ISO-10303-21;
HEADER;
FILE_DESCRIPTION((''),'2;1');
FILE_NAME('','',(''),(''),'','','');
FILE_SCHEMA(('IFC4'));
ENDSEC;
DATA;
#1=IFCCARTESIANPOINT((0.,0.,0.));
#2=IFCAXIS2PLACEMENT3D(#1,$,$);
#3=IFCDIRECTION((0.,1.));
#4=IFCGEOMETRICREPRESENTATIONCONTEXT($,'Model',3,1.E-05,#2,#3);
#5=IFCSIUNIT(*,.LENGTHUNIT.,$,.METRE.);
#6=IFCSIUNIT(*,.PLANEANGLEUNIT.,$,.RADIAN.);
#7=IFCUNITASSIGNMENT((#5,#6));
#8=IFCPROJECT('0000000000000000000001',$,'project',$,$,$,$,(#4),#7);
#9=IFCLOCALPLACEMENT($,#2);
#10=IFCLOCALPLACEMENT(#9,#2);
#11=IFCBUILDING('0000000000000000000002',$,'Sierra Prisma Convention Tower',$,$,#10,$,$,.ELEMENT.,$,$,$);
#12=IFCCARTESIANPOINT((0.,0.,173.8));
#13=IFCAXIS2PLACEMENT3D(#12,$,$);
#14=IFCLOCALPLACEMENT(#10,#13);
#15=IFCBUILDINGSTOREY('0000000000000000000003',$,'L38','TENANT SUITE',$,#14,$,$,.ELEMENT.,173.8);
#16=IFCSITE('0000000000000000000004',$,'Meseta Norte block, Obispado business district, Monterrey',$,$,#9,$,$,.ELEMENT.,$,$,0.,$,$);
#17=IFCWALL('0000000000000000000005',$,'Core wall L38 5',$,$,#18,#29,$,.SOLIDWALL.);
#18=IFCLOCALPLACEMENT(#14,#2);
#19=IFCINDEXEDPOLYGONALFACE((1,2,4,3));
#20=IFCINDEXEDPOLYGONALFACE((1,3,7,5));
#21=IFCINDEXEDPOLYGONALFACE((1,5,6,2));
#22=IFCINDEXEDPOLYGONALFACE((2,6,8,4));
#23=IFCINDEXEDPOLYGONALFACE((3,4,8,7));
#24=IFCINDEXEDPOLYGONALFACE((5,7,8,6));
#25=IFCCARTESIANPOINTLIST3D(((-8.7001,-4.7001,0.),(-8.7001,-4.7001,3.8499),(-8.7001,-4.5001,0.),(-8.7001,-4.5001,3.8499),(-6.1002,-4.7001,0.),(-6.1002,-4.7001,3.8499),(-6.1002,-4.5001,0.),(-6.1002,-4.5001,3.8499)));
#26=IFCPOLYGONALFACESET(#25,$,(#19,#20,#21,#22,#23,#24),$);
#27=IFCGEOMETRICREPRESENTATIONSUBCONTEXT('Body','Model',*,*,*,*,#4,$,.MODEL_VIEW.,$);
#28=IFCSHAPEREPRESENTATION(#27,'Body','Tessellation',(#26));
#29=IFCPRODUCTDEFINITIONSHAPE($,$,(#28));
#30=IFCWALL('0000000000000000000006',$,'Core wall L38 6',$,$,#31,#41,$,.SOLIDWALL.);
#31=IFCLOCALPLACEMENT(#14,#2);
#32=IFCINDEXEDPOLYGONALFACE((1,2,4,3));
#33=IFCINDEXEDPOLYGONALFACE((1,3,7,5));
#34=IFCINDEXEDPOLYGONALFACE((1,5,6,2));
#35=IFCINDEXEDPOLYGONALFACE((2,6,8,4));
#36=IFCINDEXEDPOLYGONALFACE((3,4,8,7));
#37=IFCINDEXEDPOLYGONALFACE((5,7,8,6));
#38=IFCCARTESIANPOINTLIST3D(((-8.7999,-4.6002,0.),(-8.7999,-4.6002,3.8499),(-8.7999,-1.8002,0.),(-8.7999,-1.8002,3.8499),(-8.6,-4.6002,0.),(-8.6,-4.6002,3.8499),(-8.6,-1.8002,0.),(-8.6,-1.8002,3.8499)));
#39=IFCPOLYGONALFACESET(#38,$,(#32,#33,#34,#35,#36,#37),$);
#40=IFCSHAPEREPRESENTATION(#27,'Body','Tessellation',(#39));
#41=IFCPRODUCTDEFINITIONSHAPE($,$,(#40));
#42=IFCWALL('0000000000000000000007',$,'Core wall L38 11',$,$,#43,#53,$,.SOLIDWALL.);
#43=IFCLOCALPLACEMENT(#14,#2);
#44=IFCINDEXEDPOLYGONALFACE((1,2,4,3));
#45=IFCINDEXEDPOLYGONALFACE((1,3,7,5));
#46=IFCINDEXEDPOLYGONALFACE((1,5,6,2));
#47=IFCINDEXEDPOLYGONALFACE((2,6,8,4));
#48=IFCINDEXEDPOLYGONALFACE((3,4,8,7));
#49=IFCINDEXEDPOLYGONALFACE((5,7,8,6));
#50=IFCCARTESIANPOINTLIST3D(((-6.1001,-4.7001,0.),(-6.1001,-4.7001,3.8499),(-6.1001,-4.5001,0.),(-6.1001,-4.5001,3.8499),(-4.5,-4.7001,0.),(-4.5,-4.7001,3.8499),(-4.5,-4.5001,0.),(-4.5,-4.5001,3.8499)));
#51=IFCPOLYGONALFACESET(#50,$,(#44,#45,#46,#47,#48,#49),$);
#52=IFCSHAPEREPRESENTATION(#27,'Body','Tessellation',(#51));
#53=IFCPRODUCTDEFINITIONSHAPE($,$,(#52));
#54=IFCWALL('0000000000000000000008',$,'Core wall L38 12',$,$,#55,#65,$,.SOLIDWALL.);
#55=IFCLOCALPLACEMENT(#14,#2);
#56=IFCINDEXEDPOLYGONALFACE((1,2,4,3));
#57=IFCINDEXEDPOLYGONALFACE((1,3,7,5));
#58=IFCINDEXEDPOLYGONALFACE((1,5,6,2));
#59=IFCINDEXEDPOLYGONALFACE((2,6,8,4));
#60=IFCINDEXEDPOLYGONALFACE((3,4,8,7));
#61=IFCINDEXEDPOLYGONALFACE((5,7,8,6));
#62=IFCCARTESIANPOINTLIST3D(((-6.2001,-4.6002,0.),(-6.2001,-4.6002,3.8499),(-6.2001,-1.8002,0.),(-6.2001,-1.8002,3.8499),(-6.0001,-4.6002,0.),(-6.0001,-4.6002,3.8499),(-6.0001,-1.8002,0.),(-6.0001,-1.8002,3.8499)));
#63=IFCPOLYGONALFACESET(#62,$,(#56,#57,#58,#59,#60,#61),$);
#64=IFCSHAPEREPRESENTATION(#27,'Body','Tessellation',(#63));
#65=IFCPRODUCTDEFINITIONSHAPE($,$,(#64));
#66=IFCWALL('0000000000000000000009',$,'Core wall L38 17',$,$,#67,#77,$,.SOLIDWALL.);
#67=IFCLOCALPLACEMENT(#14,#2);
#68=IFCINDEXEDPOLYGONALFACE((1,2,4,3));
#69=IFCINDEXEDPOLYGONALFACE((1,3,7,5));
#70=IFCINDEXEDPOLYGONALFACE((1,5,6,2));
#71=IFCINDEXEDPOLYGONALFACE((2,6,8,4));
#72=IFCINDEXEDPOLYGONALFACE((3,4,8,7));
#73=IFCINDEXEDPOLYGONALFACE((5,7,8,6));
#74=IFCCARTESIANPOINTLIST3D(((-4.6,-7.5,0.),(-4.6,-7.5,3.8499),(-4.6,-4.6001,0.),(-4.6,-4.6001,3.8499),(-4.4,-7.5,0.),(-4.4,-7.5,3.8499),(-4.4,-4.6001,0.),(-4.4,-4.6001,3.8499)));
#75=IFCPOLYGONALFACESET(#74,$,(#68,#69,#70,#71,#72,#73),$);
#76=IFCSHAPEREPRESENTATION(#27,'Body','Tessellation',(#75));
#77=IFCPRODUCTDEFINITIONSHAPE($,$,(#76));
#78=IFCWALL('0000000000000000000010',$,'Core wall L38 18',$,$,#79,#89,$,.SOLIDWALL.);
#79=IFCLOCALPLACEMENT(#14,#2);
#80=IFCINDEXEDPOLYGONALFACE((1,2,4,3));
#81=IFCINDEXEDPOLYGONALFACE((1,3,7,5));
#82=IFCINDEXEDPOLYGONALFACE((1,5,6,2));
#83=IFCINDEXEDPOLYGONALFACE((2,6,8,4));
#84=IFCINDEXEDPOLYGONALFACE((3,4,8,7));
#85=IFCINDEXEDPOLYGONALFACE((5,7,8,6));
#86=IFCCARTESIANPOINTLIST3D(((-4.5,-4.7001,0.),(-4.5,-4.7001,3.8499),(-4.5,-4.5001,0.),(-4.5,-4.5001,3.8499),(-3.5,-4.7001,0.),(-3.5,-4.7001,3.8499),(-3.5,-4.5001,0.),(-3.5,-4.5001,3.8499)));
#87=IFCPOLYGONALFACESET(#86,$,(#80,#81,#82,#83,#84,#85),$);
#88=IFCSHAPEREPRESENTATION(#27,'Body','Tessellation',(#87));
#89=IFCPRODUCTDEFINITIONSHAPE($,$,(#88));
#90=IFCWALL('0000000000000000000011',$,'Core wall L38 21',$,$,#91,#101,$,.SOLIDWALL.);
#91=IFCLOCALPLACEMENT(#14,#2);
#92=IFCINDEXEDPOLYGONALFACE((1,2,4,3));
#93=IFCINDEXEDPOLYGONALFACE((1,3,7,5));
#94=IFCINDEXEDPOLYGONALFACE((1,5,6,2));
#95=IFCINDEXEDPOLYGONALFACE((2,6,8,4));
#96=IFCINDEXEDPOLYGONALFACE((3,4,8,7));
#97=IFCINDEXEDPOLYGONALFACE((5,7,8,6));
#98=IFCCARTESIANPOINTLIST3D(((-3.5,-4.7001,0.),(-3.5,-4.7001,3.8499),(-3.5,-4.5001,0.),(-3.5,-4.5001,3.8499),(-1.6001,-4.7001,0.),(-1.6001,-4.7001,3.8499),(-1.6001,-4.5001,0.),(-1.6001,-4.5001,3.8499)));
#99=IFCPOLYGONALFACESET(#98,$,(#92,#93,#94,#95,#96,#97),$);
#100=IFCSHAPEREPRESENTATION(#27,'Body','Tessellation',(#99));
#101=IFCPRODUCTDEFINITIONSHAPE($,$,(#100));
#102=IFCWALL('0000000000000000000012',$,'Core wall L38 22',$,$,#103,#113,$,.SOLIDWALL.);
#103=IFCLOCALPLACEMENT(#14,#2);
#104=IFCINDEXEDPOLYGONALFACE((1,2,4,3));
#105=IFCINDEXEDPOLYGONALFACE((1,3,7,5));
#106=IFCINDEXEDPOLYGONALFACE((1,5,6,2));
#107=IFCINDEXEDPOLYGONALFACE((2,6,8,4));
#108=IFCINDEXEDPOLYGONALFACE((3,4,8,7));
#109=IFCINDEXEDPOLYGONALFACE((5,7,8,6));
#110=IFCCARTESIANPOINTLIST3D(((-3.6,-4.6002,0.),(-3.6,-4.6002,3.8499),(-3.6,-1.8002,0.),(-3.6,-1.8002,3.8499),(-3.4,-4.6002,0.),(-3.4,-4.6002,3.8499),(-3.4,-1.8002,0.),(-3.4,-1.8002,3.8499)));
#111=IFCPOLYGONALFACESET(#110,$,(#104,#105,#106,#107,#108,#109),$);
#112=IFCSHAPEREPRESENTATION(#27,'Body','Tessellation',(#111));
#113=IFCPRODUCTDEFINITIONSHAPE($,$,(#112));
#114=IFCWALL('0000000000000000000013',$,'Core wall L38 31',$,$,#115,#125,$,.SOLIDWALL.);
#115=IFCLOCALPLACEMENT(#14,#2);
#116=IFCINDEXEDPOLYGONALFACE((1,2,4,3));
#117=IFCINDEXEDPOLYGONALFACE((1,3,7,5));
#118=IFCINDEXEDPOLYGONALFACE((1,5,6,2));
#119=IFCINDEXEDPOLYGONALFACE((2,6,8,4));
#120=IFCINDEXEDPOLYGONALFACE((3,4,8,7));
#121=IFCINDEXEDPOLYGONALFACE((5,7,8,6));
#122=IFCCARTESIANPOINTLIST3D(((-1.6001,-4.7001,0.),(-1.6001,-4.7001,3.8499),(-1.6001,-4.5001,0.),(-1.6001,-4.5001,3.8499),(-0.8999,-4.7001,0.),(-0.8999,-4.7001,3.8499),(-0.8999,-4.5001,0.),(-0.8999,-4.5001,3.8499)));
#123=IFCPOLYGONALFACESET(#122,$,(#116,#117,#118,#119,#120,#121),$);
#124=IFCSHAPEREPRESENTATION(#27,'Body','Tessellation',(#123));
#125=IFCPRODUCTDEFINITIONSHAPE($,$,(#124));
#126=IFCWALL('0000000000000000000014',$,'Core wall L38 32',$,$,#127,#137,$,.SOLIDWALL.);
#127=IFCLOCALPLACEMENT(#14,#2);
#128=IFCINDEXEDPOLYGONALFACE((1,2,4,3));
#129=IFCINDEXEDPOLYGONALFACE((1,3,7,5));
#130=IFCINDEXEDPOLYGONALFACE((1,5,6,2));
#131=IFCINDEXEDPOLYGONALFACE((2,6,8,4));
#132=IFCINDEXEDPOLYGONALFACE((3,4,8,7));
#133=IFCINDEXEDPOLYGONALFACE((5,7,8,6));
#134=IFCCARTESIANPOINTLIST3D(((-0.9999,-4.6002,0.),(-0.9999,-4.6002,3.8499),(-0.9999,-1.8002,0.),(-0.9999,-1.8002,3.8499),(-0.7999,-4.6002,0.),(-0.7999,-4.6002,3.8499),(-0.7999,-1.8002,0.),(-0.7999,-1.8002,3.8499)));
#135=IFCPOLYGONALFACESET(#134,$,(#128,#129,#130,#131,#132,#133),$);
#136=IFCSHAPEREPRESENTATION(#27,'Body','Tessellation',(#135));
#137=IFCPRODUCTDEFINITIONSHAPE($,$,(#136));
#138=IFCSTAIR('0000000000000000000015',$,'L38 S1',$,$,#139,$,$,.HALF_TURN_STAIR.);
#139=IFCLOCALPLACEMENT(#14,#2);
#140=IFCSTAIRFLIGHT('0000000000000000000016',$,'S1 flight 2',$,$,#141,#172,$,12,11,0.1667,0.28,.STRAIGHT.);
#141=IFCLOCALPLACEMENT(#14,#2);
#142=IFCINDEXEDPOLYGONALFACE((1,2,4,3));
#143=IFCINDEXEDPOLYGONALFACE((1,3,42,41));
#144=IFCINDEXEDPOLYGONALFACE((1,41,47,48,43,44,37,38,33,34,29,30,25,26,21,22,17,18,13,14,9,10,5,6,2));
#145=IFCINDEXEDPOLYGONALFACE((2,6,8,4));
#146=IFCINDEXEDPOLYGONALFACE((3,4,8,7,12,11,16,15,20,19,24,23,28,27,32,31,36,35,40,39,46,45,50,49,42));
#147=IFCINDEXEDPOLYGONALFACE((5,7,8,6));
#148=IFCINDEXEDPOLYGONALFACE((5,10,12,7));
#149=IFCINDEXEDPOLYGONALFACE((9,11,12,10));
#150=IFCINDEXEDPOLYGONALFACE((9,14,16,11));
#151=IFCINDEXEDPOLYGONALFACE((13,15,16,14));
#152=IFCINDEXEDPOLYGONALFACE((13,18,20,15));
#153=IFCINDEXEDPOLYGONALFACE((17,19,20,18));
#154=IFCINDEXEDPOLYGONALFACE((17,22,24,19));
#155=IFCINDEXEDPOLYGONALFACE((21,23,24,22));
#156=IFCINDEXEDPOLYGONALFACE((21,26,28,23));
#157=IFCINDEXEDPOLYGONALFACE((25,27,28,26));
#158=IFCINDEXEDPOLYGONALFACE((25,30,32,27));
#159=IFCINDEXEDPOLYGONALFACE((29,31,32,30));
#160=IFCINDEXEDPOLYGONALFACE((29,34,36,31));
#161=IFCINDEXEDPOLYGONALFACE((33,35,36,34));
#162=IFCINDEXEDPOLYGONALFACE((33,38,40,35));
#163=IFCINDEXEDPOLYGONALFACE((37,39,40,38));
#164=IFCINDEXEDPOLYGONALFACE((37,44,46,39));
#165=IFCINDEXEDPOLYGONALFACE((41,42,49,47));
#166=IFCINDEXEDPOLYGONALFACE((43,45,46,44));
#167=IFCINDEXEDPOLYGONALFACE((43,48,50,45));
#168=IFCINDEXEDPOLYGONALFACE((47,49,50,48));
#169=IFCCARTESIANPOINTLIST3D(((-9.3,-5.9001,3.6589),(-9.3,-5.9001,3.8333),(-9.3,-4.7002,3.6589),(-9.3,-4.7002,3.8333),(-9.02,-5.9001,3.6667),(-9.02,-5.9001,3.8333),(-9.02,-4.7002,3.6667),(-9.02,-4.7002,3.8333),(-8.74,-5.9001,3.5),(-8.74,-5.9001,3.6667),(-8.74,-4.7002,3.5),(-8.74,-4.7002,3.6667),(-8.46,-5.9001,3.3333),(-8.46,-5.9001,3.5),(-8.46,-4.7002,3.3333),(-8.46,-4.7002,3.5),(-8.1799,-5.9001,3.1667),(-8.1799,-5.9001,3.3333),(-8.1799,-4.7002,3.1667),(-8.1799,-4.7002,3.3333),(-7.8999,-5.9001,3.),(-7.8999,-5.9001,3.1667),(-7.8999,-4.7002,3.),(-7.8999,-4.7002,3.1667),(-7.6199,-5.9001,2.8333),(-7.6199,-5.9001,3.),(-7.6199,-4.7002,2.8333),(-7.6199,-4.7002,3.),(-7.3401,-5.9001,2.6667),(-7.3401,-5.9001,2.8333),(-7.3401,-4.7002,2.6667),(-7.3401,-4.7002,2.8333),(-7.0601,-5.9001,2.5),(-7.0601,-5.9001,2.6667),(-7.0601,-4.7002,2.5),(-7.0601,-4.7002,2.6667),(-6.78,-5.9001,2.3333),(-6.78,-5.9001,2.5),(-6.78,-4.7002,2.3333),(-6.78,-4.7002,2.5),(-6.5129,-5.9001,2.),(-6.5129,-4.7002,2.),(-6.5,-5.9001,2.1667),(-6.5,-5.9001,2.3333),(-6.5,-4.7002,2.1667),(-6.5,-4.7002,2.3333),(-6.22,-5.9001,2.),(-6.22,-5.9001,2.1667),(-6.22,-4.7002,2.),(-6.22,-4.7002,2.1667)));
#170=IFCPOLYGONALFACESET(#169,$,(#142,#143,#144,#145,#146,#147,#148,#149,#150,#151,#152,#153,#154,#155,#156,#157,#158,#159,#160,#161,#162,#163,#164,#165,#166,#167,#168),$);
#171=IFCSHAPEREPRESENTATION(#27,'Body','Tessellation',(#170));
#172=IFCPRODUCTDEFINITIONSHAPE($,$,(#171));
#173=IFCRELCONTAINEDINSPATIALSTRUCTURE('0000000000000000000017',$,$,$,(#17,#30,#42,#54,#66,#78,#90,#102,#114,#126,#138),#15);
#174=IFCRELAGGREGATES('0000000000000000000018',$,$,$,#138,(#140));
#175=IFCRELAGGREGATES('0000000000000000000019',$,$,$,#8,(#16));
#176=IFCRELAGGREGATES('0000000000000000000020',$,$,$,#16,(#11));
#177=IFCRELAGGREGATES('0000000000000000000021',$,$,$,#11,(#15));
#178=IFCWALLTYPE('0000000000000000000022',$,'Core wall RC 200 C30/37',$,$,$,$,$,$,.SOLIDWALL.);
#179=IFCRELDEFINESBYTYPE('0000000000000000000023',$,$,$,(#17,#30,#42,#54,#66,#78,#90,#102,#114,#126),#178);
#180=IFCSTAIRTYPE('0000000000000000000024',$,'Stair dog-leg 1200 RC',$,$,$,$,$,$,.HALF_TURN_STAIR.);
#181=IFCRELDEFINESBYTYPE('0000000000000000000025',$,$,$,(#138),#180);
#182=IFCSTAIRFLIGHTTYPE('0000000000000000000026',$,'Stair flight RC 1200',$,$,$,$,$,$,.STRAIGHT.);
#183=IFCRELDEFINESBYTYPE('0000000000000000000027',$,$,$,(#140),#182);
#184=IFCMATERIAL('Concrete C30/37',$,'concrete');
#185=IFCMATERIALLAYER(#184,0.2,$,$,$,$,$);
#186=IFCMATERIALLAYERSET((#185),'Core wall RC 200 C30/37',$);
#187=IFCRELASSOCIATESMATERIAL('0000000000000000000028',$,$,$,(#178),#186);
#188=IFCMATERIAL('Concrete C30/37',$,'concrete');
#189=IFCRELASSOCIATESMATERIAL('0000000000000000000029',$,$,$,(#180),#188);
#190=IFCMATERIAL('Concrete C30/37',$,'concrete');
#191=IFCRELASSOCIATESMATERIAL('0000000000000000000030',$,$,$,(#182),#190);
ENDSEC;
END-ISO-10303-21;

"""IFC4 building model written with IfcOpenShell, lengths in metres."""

from ifc_helpers import new_model, si_unit, direction, frame, frame_2d, origin, place, context, subcontext, project, spatial, polyline, rectangle, outline, extrude, material, layer, layer_set, type_object, element, aggregate, save


model = new_model("IFC4")

# Units and contexts
model_context = context("Model", 3, precision=1e-05, world=origin(), true_north=direction((0.0, 1.0)))
body_context = subcontext(model_context, "Body", "Model", "MODEL_VIEW")
ifc_project = project(units=[si_unit("LENGTHUNIT", "METRE"), si_unit("PLANEANGLEUNIT", "RADIAN")], contexts=[model_context])

# Site, building, storey
site_placement = place(None, origin())
site = spatial("IfcSite", under=ifc_project, at=site_placement, Name="Meseta Norte block, Obispado business district, Monterrey", CompositionType="ELEMENT", RefElevation=0.0)
building_placement = place(site_placement, origin())
building = spatial("IfcBuilding", under=site, at=building_placement, Name="Sierra Prisma Convention Tower", CompositionType="ELEMENT")
storey_placement = place(building_placement, frame((0.0, 0.0, 173.8)))
storey = spatial("IfcBuildingStorey", under=building, at=storey_placement, Name="L38", Description="TENANT SUITE", CompositionType="ELEMENT", Elevation=173.8)

# Shared definitions
ifc_material_1 = material(Name="Concrete C30/37", Category="concrete")
ifc_layer = layer(ifc_material_1, 0.2)
ifc_layer_set = layer_set([ifc_layer], Name="Core wall RC 200 C30/37")
wall_type = type_object("IfcWallType", Name="Core wall RC 200 C30/37", PredefinedType="SOLIDWALL", material=ifc_layer_set)

# Walls
wall_1_placement = place(storey_placement, frame((-8.7, -4.6001, 0.0), z_axis=(0.0, 0.0, 1.0), x_axis=(1.0, 0.0, 0.0)))
element("IfcWall", 1, at=wall_1_placement, inside=storey, type_object=wall_type, Name="Core wall L38 5", PredefinedType="SOLIDWALL", context=body_context, shape_type="SweptSolid", body=[
    extrude(rectangle(XDim=2.5999, YDim=0.2, at=frame_2d((1.2998, 0.0))), origin(), (0.0, 0.0, 1.0), 3.8499),
])
wall_2_placement = place(storey_placement, frame((-8.7, -4.6001, 0.0), z_axis=(0.0, 0.0, 1.0), x_axis=(0.0, 1.0, 0.0)))
element("IfcWall", 2, at=wall_2_placement, inside=storey, type_object=wall_type, Name="Core wall L38 6", PredefinedType="SOLIDWALL", context=body_context, shape_type="SweptSolid", body=[
    extrude(rectangle(XDim=2.8, YDim=0.2, at=frame_2d((1.3999, 0.0))), origin(), (0.0, 0.0, 1.0), 3.8499),
])

# Walls
wall_3_placement = place(storey_placement, frame((-6.1001, -4.6001, 0.0), z_axis=(0.0, 0.0, 1.0), x_axis=(1.0, 0.0, 0.0)))
element("IfcWall", 3, at=wall_3_placement, inside=storey, type_object=wall_type, Name="Core wall L38 11", PredefinedType="SOLIDWALL", context=body_context, shape_type="SweptSolid", body=[
    extrude(rectangle(XDim=1.6001, YDim=0.2, at=frame_2d((0.8, 0.0))), origin(), (0.0, 0.0, 1.0), 3.8499),
])
wall_4_placement = place(storey_placement, frame((-6.1001, -4.6001, 0.0), z_axis=(0.0, 0.0, 1.0), x_axis=(0.0, 1.0, 0.0)))
element("IfcWall", 4, at=wall_4_placement, inside=storey, type_object=wall_type, Name="Core wall L38 12", PredefinedType="SOLIDWALL", context=body_context, shape_type="SweptSolid", body=[
    extrude(rectangle(XDim=2.8, YDim=0.2, at=frame_2d((1.3999, 0.0))), origin(), (0.0, 0.0, 1.0), 3.8499),
])

# Walls
wall_5_placement = place(storey_placement, frame((-4.5, -4.6001, 0.0), z_axis=(0.0, 0.0, 1.0), x_axis=(0.0, -1.0, 0.0)))
element("IfcWall", 5, at=wall_5_placement, inside=storey, type_object=wall_type, Name="Core wall L38 17", PredefinedType="SOLIDWALL", context=body_context, shape_type="SweptSolid", body=[
    extrude(rectangle(XDim=2.8999, YDim=0.2, at=frame_2d((1.45, 0.0))), origin(), (0.0, 0.0, 1.0), 3.8499),
])
wall_6_placement = place(storey_placement, frame((-4.5, -4.6001, 0.0), z_axis=(0.0, 0.0, 1.0), x_axis=(1.0, 0.0, 0.0)))
element("IfcWall", 6, at=wall_6_placement, inside=storey, type_object=wall_type, Name="Core wall L38 18", PredefinedType="SOLIDWALL", context=body_context, shape_type="SweptSolid", body=[
    extrude(rectangle(XDim=1.0, YDim=0.2, at=frame_2d((0.5, 0.0))), origin(), (0.0, 0.0, 1.0), 3.8499),
])
wall_7_placement = place(storey_placement, frame((-3.5, -4.6001, 0.0), z_axis=(0.0, 0.0, 1.0), x_axis=(1.0, 0.0, 0.0)))
element("IfcWall", 7, at=wall_7_placement, inside=storey, type_object=wall_type, Name="Core wall L38 21", PredefinedType="SOLIDWALL", context=body_context, shape_type="SweptSolid", body=[
    extrude(rectangle(XDim=1.8999, YDim=0.2, at=frame_2d((0.95, 0.0))), origin(), (0.0, 0.0, 1.0), 3.8499),
])
wall_8_placement = place(storey_placement, frame((-3.5, -4.6001, 0.0), z_axis=(0.0, 0.0, 1.0), x_axis=(0.0, 1.0, 0.0)))
element("IfcWall", 8, at=wall_8_placement, inside=storey, type_object=wall_type, Name="Core wall L38 22", PredefinedType="SOLIDWALL", context=body_context, shape_type="SweptSolid", body=[
    extrude(rectangle(XDim=2.8, YDim=0.2, at=frame_2d((1.3999, 0.0))), origin(), (0.0, 0.0, 1.0), 3.8499),
])

# Walls
wall_9_placement = place(storey_placement, frame((-1.6001, -4.6001, 0.0), z_axis=(0.0, 0.0, 1.0), x_axis=(1.0, 0.0, 0.0)))
element("IfcWall", 9, at=wall_9_placement, inside=storey, type_object=wall_type, Name="Core wall L38 31", PredefinedType="SOLIDWALL", context=body_context, shape_type="SweptSolid", body=[
    extrude(rectangle(XDim=0.7002, YDim=0.2, at=frame_2d((0.3501, 0.0))), origin(), (0.0, 0.0, 1.0), 3.8499),
])
wall_10_placement = place(storey_placement, frame((-0.8999, -4.6001, 0.0), z_axis=(0.0, 0.0, 1.0), x_axis=(0.0, 1.0, 0.0)))
element("IfcWall", 10, at=wall_10_placement, inside=storey, type_object=wall_type, Name="Core wall L38 32", PredefinedType="SOLIDWALL", context=body_context, shape_type="SweptSolid", body=[
    extrude(rectangle(XDim=2.8, YDim=0.2, at=frame_2d((1.3999, 0.0))), origin(), (0.0, 0.0, 1.0), 3.8499),
])

# Stair, stair flight
ifc_material_2 = material(Name="Concrete C30/37", Category="concrete")
stair_type = type_object("IfcStairType", Name="Stair dog-leg 1200 RC", PredefinedType="HALF_TURN_STAIR", material=ifc_material_2)
stair_placement = place(storey_placement, origin())
stair = element("IfcStair", 11, at=stair_placement, inside=storey, type_object=stair_type, Name="L38 S1", PredefinedType="HALF_TURN_STAIR")
ifc_material_3 = material(Name="Concrete C30/37", Category="concrete")
stair_flight_type = type_object("IfcStairFlightType", Name="Stair flight RC 1200", PredefinedType="STRAIGHT", material=ifc_material_3)
stair_flight_placement = place(storey_placement, frame((-6.22, -5.3, 2.0), z_axis=(0.0, 0.0, 1.0), x_axis=(-1.0, 0.0, 0.0)))
stair_flight = element("IfcStairFlight", 12, at=stair_flight_placement, type_object=stair_flight_type, Name="S1 flight 2", NumberOfRisers=12, NumberOfTreads=11, PredefinedType="STRAIGHT", RiserHeight=0.1667, TreadLength=0.28, context=body_context, shape_type="SweptSolid", body=[
    extrude(outline(polyline([(0.0, 0.0), (0.0, 0.1667), (0.28, 0.1667), (0.28, 0.3333), (0.5601, 0.3333), (0.5601, 0.5), (0.8401, 0.5), (0.8401, 0.6667), (1.1201, 0.6667), (1.1201, 0.8333), (1.3999, 0.8333), (1.3999, 1.0), (1.6799, 1.0), (1.6799, 1.1667), (1.96, 1.1667), (1.96, 1.3333), (2.24, 1.3333), (2.24, 1.5), (2.52, 1.5), (2.52, 1.6667), (2.8, 1.6667), (2.8, 1.8333), (3.0801, 1.8333), (3.0801, 2.0), (3.0801, 1.6589), (0.293, 0.0), (0.0, 0.0)])), frame((0.0, 0.6001, 0.0), z_axis=(0.0, -1.0, 0.0), x_axis=(1.0, 0.0, 0.0)), (0.0, 0.0, 1.0), 1.2),
])
aggregate(stair, [stair_flight])

save(model, "model.ifc")
